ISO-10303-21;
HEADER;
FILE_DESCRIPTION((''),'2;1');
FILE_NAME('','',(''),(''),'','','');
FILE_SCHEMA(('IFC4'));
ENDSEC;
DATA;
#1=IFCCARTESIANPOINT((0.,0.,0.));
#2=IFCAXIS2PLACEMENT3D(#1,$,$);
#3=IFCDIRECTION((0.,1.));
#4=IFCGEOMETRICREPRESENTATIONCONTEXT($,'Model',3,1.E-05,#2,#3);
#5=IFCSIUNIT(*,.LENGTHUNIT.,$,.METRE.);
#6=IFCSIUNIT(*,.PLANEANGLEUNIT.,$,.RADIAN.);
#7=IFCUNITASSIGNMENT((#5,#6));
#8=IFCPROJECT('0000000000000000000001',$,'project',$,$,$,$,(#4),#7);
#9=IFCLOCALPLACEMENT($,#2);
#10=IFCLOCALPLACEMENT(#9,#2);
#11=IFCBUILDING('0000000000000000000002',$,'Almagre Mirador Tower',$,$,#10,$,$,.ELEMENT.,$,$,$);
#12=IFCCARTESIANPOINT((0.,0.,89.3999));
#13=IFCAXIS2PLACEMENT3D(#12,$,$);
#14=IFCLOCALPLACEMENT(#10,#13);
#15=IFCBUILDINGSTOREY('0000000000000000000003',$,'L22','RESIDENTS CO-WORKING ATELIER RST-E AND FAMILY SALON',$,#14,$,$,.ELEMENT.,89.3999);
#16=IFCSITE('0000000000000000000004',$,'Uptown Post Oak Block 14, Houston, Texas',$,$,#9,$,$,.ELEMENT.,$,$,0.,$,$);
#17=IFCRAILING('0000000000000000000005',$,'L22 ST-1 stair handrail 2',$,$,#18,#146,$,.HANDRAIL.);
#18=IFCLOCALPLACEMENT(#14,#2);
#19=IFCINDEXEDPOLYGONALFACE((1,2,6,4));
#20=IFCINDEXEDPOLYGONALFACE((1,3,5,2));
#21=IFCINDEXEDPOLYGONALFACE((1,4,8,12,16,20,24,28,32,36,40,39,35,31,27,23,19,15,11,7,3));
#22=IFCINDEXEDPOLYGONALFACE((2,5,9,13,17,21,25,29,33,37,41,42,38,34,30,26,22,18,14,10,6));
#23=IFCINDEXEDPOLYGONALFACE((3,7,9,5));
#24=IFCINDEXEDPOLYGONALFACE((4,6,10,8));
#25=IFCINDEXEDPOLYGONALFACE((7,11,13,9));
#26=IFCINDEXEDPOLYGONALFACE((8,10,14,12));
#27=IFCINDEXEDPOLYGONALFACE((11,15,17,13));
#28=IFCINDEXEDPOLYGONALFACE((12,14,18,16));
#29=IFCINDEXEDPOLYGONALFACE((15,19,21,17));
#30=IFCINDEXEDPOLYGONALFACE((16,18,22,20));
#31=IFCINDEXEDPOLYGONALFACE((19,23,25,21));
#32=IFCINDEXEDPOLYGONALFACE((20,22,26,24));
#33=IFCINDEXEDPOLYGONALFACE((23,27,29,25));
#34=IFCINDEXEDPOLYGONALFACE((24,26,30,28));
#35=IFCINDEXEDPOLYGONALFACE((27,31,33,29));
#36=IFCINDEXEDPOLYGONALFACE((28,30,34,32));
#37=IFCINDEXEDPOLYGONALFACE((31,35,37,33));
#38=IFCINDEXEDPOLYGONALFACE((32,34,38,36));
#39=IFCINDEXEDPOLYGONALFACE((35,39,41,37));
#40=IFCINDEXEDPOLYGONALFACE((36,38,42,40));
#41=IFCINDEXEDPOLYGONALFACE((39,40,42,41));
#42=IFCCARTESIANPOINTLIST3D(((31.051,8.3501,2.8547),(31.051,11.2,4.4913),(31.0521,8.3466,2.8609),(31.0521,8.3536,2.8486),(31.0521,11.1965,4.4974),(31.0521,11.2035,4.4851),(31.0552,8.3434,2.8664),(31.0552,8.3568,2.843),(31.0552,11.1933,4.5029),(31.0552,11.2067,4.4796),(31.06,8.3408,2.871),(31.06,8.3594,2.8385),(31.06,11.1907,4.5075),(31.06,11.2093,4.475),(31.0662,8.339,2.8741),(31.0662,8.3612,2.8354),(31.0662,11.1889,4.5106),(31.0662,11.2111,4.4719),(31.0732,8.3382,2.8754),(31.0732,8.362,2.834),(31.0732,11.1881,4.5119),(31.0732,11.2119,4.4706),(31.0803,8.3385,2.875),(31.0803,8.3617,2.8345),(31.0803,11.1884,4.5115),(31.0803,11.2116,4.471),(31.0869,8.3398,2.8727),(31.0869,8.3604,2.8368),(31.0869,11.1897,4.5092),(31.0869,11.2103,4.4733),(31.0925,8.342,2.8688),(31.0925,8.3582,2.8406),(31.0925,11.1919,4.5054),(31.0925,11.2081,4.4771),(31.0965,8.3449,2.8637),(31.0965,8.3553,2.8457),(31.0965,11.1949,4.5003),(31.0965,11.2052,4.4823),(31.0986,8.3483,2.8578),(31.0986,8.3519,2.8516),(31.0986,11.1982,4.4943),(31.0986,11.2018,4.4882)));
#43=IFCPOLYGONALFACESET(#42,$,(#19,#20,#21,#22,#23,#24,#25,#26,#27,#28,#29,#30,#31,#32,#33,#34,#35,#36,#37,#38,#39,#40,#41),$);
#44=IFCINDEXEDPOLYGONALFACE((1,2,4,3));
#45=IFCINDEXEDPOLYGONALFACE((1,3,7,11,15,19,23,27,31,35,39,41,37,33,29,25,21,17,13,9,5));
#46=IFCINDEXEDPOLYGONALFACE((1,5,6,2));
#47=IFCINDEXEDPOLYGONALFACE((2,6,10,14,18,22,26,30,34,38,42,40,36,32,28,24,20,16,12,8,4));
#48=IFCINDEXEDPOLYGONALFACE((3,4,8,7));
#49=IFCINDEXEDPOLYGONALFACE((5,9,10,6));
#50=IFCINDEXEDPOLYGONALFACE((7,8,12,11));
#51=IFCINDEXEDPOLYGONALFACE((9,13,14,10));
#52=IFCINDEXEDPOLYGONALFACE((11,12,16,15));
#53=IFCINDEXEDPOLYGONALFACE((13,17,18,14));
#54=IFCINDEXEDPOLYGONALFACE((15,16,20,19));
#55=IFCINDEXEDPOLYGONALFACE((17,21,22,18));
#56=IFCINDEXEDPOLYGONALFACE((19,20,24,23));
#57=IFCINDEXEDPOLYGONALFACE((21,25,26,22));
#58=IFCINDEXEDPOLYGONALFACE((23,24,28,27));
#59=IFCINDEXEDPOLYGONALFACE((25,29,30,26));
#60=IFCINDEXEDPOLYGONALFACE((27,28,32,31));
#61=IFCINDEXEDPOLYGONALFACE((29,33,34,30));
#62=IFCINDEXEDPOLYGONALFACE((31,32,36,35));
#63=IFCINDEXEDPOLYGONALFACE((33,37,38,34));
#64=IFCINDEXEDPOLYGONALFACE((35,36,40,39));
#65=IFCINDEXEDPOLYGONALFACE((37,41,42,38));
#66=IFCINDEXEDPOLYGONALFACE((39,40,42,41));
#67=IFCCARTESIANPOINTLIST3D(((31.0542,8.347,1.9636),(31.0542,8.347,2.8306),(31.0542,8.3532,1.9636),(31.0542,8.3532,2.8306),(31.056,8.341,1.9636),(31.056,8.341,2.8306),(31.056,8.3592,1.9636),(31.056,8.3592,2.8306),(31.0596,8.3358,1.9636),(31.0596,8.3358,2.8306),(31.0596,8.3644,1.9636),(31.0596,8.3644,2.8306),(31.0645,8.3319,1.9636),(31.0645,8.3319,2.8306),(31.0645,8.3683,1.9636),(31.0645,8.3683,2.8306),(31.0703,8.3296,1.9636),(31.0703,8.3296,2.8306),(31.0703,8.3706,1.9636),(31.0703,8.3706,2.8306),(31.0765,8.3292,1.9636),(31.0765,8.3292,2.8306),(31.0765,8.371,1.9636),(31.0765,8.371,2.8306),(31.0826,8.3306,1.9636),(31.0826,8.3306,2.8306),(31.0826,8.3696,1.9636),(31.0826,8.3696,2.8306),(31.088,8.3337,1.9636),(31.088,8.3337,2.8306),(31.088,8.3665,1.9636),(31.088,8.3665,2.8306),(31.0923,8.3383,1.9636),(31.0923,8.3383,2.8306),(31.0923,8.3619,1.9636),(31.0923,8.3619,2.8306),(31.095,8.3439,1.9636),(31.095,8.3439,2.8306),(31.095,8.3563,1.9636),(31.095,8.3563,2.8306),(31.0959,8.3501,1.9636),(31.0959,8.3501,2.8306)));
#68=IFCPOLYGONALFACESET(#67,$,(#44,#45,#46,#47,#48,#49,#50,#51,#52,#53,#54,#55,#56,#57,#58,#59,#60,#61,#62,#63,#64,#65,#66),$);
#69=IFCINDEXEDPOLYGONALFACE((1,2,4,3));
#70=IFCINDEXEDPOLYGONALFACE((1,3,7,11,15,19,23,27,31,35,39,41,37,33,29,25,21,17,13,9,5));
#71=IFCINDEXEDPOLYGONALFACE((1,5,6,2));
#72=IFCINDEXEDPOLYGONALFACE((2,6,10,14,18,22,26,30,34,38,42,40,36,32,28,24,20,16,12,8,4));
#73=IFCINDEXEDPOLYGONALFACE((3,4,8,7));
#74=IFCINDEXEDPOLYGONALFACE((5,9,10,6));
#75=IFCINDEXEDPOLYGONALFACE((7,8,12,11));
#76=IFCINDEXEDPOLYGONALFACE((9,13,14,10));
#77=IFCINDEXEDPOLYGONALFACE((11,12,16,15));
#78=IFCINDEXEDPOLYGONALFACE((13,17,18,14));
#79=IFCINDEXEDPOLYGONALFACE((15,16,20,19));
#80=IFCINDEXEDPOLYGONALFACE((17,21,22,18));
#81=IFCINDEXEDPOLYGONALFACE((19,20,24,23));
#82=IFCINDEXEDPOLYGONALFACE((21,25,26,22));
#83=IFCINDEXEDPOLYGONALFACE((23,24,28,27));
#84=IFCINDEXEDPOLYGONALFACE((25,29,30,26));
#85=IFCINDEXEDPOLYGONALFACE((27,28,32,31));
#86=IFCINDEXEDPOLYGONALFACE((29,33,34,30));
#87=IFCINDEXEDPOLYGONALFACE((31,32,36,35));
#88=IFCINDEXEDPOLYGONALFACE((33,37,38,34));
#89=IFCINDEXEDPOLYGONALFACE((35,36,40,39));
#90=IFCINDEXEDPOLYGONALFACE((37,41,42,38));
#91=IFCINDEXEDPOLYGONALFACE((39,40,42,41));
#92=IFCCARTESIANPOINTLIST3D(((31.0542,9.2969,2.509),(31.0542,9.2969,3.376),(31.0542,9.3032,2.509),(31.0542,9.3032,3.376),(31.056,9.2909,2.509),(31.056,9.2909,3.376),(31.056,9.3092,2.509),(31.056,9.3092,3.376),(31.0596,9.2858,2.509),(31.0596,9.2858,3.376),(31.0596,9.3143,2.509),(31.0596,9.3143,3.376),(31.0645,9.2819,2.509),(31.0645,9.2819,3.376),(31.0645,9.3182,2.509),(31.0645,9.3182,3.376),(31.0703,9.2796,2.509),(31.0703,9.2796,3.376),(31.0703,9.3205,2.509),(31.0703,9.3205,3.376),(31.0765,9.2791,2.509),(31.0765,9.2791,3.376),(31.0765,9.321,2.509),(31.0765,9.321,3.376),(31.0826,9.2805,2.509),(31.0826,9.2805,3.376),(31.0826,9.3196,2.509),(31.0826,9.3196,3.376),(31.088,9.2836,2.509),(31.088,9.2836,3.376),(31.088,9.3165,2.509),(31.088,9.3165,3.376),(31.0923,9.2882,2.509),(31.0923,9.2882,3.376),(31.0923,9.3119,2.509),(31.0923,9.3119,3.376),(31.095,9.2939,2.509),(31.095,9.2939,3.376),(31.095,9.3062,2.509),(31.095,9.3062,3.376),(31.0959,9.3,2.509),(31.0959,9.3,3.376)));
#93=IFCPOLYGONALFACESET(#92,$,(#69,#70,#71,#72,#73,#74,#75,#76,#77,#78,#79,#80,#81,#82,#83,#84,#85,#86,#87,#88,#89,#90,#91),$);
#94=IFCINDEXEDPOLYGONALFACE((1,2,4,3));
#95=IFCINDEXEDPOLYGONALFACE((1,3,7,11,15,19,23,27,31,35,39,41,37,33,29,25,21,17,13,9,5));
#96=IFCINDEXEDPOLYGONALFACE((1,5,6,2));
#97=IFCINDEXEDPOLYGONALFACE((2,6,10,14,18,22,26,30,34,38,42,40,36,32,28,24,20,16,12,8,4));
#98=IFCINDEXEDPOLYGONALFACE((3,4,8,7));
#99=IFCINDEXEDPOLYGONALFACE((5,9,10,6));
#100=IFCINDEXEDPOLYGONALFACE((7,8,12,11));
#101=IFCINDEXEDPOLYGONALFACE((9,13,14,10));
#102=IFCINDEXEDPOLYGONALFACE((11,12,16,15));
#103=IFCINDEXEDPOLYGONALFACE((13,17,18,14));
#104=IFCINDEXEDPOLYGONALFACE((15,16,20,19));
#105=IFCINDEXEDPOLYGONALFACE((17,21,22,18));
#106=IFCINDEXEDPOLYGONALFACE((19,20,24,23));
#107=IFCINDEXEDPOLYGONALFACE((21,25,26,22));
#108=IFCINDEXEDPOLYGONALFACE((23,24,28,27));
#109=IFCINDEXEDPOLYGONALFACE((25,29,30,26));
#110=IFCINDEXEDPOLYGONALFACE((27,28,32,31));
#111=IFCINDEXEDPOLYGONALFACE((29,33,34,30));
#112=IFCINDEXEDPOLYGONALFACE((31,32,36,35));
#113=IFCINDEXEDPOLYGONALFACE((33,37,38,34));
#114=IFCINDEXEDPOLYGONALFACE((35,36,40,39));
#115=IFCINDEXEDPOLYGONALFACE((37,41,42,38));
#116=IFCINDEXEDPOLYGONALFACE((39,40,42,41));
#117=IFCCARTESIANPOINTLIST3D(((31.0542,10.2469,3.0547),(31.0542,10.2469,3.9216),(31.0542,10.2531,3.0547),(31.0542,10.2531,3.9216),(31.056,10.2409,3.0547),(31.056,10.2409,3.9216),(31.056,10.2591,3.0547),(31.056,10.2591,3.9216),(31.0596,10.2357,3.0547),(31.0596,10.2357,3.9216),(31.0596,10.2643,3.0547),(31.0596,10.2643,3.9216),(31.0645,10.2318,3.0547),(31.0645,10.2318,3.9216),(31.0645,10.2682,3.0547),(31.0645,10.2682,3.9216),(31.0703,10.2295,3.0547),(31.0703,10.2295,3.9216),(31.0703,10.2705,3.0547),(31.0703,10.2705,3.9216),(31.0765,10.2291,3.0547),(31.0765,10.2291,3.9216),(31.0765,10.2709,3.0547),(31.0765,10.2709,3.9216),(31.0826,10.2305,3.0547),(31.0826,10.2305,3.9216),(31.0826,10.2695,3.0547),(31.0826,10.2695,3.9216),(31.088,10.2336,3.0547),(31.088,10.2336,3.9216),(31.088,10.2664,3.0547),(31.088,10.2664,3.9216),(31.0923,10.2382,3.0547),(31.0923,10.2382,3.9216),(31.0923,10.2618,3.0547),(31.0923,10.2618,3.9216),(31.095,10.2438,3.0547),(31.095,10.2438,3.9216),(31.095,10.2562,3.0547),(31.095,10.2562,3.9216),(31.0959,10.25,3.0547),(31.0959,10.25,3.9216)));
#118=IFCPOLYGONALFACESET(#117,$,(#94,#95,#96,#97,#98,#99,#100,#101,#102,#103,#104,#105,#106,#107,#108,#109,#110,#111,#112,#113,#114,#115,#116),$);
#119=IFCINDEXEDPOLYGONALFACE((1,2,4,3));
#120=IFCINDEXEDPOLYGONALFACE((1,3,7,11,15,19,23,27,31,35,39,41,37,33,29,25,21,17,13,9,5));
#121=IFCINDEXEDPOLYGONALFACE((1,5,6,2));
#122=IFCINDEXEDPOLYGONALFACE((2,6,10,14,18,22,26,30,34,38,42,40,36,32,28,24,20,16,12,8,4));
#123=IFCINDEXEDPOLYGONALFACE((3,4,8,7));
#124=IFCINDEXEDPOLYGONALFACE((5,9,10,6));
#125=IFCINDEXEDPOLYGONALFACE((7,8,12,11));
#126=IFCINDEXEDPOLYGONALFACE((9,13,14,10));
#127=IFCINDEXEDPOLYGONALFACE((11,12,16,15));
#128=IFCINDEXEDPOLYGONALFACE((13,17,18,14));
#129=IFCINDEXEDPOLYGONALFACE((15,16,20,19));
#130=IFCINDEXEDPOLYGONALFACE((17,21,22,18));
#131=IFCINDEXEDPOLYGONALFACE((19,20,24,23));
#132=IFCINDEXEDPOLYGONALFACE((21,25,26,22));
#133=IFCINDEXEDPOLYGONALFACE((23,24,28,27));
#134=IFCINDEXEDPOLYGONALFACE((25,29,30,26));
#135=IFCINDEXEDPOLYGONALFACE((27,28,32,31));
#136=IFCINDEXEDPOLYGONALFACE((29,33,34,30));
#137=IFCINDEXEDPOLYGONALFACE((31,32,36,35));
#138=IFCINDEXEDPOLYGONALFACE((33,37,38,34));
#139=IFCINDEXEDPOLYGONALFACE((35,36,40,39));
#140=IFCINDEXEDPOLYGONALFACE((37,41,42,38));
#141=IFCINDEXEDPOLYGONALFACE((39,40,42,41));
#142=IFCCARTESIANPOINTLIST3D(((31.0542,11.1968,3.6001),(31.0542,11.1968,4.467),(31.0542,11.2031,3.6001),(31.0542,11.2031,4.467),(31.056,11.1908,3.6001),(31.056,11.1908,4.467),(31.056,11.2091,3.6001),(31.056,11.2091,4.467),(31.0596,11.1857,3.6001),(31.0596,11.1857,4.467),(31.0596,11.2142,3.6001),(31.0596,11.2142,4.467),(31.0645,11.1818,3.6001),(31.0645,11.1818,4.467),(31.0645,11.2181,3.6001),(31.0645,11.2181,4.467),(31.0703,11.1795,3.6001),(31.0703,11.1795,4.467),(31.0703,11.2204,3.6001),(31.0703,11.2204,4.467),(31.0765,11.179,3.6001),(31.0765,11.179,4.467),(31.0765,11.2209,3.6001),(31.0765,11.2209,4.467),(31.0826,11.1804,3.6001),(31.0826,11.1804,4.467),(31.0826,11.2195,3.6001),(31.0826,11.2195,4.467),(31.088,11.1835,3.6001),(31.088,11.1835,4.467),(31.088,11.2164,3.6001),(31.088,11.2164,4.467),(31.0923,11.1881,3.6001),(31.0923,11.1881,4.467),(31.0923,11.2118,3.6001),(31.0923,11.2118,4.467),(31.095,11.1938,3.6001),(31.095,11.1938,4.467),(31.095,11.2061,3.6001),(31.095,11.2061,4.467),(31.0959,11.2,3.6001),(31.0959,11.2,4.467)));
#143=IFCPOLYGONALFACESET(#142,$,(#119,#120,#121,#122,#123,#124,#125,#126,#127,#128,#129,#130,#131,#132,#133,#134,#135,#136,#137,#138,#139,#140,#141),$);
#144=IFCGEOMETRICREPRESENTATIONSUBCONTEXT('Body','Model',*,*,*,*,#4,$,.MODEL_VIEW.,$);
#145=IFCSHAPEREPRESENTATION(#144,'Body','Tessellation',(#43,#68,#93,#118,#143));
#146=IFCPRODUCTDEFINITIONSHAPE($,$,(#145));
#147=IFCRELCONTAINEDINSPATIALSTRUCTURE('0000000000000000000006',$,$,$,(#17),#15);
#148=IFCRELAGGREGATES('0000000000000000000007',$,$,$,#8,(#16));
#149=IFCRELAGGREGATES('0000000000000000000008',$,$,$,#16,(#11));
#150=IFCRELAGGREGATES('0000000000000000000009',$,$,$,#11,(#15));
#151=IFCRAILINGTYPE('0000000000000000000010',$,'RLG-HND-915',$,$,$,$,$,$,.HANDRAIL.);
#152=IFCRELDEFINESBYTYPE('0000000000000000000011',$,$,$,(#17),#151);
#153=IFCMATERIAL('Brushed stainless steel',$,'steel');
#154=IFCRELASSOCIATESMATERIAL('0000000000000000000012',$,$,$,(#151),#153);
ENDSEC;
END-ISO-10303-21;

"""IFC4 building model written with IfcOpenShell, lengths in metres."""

from ifc_helpers import new_model, si_unit, direction, frame, origin, origin_2d, place, context, subcontext, project, spatial, circle, extrude, material, type_object, element, save


model = new_model("IFC4")

# Units and contexts
model_context = context("Model", 3, precision=1e-05, world=origin(), true_north=direction((0.0, 1.0)))
body_context = subcontext(model_context, "Body", "Model", "MODEL_VIEW")
ifc_project = project(units=[si_unit("LENGTHUNIT", "METRE"), si_unit("PLANEANGLEUNIT", "RADIAN")], contexts=[model_context])

# Site, building, storey
site_placement = place(None, origin())
site = spatial("IfcSite", under=ifc_project, at=site_placement, Name="Uptown Post Oak Block 14, Houston, Texas", CompositionType="ELEMENT", RefElevation=0.0)
building_placement = place(site_placement, origin())
building = spatial("IfcBuilding", under=site, at=building_placement, Name="Almagre Mirador Tower", CompositionType="ELEMENT")
storey_placement = place(building_placement, frame((0.0, 0.0, 89.3999)))
storey = spatial("IfcBuildingStorey", under=building, at=storey_placement, Name="L22", Description="RESIDENTS CO-WORKING ATELIER RST-E AND FAMILY SALON", CompositionType="ELEMENT", Elevation=89.3999)

# Railing
ifc_material_1 = material(Name="Brushed stainless steel", Category="steel")
railing_type_1 = type_object("IfcRailingType", Name="RLG-HND-915", PredefinedType="HANDRAIL", material=ifc_material_1)
railing_1_placement = place(storey_placement, frame((31.075, 8.3501, 1.9636)))
element("IfcRailing", 1, at=railing_1_placement, inside=storey, type_object=railing_type_1, Name="L22 ST-1 stair handrail 2", PredefinedType="HANDRAIL", context=body_context, shape_type="SweptSolid", body=[
    extrude(circle(Radius=0.0239, at=origin_2d()), frame((0.0, 0.0, 0.8911), z_axis=(0.0, 0.867194, 0.49797), x_axis=(-1.0, 0.0, 0.0)), (0.0, 0.0, 1.0), 3.2864),
    extrude(circle(Radius=0.021, at=origin_2d()), origin(), (0.0, 0.0, 1.0), 0.8669),
    extrude(circle(Radius=0.021, at=origin_2d()), frame((0.0, 0.95, 0.5454)), (0.0, 0.0, 1.0), 0.8669),
    extrude(circle(Radius=0.021, at=origin_2d()), frame((0.0, 1.8999, 1.0911)), (0.0, 0.0, 1.0), 0.8669),
    extrude(circle(Radius=0.021, at=origin_2d()), frame((0.0, 2.8499, 1.6365)), (0.0, 0.0, 1.0), 0.8669),
])

save(model, "model.ifc")
